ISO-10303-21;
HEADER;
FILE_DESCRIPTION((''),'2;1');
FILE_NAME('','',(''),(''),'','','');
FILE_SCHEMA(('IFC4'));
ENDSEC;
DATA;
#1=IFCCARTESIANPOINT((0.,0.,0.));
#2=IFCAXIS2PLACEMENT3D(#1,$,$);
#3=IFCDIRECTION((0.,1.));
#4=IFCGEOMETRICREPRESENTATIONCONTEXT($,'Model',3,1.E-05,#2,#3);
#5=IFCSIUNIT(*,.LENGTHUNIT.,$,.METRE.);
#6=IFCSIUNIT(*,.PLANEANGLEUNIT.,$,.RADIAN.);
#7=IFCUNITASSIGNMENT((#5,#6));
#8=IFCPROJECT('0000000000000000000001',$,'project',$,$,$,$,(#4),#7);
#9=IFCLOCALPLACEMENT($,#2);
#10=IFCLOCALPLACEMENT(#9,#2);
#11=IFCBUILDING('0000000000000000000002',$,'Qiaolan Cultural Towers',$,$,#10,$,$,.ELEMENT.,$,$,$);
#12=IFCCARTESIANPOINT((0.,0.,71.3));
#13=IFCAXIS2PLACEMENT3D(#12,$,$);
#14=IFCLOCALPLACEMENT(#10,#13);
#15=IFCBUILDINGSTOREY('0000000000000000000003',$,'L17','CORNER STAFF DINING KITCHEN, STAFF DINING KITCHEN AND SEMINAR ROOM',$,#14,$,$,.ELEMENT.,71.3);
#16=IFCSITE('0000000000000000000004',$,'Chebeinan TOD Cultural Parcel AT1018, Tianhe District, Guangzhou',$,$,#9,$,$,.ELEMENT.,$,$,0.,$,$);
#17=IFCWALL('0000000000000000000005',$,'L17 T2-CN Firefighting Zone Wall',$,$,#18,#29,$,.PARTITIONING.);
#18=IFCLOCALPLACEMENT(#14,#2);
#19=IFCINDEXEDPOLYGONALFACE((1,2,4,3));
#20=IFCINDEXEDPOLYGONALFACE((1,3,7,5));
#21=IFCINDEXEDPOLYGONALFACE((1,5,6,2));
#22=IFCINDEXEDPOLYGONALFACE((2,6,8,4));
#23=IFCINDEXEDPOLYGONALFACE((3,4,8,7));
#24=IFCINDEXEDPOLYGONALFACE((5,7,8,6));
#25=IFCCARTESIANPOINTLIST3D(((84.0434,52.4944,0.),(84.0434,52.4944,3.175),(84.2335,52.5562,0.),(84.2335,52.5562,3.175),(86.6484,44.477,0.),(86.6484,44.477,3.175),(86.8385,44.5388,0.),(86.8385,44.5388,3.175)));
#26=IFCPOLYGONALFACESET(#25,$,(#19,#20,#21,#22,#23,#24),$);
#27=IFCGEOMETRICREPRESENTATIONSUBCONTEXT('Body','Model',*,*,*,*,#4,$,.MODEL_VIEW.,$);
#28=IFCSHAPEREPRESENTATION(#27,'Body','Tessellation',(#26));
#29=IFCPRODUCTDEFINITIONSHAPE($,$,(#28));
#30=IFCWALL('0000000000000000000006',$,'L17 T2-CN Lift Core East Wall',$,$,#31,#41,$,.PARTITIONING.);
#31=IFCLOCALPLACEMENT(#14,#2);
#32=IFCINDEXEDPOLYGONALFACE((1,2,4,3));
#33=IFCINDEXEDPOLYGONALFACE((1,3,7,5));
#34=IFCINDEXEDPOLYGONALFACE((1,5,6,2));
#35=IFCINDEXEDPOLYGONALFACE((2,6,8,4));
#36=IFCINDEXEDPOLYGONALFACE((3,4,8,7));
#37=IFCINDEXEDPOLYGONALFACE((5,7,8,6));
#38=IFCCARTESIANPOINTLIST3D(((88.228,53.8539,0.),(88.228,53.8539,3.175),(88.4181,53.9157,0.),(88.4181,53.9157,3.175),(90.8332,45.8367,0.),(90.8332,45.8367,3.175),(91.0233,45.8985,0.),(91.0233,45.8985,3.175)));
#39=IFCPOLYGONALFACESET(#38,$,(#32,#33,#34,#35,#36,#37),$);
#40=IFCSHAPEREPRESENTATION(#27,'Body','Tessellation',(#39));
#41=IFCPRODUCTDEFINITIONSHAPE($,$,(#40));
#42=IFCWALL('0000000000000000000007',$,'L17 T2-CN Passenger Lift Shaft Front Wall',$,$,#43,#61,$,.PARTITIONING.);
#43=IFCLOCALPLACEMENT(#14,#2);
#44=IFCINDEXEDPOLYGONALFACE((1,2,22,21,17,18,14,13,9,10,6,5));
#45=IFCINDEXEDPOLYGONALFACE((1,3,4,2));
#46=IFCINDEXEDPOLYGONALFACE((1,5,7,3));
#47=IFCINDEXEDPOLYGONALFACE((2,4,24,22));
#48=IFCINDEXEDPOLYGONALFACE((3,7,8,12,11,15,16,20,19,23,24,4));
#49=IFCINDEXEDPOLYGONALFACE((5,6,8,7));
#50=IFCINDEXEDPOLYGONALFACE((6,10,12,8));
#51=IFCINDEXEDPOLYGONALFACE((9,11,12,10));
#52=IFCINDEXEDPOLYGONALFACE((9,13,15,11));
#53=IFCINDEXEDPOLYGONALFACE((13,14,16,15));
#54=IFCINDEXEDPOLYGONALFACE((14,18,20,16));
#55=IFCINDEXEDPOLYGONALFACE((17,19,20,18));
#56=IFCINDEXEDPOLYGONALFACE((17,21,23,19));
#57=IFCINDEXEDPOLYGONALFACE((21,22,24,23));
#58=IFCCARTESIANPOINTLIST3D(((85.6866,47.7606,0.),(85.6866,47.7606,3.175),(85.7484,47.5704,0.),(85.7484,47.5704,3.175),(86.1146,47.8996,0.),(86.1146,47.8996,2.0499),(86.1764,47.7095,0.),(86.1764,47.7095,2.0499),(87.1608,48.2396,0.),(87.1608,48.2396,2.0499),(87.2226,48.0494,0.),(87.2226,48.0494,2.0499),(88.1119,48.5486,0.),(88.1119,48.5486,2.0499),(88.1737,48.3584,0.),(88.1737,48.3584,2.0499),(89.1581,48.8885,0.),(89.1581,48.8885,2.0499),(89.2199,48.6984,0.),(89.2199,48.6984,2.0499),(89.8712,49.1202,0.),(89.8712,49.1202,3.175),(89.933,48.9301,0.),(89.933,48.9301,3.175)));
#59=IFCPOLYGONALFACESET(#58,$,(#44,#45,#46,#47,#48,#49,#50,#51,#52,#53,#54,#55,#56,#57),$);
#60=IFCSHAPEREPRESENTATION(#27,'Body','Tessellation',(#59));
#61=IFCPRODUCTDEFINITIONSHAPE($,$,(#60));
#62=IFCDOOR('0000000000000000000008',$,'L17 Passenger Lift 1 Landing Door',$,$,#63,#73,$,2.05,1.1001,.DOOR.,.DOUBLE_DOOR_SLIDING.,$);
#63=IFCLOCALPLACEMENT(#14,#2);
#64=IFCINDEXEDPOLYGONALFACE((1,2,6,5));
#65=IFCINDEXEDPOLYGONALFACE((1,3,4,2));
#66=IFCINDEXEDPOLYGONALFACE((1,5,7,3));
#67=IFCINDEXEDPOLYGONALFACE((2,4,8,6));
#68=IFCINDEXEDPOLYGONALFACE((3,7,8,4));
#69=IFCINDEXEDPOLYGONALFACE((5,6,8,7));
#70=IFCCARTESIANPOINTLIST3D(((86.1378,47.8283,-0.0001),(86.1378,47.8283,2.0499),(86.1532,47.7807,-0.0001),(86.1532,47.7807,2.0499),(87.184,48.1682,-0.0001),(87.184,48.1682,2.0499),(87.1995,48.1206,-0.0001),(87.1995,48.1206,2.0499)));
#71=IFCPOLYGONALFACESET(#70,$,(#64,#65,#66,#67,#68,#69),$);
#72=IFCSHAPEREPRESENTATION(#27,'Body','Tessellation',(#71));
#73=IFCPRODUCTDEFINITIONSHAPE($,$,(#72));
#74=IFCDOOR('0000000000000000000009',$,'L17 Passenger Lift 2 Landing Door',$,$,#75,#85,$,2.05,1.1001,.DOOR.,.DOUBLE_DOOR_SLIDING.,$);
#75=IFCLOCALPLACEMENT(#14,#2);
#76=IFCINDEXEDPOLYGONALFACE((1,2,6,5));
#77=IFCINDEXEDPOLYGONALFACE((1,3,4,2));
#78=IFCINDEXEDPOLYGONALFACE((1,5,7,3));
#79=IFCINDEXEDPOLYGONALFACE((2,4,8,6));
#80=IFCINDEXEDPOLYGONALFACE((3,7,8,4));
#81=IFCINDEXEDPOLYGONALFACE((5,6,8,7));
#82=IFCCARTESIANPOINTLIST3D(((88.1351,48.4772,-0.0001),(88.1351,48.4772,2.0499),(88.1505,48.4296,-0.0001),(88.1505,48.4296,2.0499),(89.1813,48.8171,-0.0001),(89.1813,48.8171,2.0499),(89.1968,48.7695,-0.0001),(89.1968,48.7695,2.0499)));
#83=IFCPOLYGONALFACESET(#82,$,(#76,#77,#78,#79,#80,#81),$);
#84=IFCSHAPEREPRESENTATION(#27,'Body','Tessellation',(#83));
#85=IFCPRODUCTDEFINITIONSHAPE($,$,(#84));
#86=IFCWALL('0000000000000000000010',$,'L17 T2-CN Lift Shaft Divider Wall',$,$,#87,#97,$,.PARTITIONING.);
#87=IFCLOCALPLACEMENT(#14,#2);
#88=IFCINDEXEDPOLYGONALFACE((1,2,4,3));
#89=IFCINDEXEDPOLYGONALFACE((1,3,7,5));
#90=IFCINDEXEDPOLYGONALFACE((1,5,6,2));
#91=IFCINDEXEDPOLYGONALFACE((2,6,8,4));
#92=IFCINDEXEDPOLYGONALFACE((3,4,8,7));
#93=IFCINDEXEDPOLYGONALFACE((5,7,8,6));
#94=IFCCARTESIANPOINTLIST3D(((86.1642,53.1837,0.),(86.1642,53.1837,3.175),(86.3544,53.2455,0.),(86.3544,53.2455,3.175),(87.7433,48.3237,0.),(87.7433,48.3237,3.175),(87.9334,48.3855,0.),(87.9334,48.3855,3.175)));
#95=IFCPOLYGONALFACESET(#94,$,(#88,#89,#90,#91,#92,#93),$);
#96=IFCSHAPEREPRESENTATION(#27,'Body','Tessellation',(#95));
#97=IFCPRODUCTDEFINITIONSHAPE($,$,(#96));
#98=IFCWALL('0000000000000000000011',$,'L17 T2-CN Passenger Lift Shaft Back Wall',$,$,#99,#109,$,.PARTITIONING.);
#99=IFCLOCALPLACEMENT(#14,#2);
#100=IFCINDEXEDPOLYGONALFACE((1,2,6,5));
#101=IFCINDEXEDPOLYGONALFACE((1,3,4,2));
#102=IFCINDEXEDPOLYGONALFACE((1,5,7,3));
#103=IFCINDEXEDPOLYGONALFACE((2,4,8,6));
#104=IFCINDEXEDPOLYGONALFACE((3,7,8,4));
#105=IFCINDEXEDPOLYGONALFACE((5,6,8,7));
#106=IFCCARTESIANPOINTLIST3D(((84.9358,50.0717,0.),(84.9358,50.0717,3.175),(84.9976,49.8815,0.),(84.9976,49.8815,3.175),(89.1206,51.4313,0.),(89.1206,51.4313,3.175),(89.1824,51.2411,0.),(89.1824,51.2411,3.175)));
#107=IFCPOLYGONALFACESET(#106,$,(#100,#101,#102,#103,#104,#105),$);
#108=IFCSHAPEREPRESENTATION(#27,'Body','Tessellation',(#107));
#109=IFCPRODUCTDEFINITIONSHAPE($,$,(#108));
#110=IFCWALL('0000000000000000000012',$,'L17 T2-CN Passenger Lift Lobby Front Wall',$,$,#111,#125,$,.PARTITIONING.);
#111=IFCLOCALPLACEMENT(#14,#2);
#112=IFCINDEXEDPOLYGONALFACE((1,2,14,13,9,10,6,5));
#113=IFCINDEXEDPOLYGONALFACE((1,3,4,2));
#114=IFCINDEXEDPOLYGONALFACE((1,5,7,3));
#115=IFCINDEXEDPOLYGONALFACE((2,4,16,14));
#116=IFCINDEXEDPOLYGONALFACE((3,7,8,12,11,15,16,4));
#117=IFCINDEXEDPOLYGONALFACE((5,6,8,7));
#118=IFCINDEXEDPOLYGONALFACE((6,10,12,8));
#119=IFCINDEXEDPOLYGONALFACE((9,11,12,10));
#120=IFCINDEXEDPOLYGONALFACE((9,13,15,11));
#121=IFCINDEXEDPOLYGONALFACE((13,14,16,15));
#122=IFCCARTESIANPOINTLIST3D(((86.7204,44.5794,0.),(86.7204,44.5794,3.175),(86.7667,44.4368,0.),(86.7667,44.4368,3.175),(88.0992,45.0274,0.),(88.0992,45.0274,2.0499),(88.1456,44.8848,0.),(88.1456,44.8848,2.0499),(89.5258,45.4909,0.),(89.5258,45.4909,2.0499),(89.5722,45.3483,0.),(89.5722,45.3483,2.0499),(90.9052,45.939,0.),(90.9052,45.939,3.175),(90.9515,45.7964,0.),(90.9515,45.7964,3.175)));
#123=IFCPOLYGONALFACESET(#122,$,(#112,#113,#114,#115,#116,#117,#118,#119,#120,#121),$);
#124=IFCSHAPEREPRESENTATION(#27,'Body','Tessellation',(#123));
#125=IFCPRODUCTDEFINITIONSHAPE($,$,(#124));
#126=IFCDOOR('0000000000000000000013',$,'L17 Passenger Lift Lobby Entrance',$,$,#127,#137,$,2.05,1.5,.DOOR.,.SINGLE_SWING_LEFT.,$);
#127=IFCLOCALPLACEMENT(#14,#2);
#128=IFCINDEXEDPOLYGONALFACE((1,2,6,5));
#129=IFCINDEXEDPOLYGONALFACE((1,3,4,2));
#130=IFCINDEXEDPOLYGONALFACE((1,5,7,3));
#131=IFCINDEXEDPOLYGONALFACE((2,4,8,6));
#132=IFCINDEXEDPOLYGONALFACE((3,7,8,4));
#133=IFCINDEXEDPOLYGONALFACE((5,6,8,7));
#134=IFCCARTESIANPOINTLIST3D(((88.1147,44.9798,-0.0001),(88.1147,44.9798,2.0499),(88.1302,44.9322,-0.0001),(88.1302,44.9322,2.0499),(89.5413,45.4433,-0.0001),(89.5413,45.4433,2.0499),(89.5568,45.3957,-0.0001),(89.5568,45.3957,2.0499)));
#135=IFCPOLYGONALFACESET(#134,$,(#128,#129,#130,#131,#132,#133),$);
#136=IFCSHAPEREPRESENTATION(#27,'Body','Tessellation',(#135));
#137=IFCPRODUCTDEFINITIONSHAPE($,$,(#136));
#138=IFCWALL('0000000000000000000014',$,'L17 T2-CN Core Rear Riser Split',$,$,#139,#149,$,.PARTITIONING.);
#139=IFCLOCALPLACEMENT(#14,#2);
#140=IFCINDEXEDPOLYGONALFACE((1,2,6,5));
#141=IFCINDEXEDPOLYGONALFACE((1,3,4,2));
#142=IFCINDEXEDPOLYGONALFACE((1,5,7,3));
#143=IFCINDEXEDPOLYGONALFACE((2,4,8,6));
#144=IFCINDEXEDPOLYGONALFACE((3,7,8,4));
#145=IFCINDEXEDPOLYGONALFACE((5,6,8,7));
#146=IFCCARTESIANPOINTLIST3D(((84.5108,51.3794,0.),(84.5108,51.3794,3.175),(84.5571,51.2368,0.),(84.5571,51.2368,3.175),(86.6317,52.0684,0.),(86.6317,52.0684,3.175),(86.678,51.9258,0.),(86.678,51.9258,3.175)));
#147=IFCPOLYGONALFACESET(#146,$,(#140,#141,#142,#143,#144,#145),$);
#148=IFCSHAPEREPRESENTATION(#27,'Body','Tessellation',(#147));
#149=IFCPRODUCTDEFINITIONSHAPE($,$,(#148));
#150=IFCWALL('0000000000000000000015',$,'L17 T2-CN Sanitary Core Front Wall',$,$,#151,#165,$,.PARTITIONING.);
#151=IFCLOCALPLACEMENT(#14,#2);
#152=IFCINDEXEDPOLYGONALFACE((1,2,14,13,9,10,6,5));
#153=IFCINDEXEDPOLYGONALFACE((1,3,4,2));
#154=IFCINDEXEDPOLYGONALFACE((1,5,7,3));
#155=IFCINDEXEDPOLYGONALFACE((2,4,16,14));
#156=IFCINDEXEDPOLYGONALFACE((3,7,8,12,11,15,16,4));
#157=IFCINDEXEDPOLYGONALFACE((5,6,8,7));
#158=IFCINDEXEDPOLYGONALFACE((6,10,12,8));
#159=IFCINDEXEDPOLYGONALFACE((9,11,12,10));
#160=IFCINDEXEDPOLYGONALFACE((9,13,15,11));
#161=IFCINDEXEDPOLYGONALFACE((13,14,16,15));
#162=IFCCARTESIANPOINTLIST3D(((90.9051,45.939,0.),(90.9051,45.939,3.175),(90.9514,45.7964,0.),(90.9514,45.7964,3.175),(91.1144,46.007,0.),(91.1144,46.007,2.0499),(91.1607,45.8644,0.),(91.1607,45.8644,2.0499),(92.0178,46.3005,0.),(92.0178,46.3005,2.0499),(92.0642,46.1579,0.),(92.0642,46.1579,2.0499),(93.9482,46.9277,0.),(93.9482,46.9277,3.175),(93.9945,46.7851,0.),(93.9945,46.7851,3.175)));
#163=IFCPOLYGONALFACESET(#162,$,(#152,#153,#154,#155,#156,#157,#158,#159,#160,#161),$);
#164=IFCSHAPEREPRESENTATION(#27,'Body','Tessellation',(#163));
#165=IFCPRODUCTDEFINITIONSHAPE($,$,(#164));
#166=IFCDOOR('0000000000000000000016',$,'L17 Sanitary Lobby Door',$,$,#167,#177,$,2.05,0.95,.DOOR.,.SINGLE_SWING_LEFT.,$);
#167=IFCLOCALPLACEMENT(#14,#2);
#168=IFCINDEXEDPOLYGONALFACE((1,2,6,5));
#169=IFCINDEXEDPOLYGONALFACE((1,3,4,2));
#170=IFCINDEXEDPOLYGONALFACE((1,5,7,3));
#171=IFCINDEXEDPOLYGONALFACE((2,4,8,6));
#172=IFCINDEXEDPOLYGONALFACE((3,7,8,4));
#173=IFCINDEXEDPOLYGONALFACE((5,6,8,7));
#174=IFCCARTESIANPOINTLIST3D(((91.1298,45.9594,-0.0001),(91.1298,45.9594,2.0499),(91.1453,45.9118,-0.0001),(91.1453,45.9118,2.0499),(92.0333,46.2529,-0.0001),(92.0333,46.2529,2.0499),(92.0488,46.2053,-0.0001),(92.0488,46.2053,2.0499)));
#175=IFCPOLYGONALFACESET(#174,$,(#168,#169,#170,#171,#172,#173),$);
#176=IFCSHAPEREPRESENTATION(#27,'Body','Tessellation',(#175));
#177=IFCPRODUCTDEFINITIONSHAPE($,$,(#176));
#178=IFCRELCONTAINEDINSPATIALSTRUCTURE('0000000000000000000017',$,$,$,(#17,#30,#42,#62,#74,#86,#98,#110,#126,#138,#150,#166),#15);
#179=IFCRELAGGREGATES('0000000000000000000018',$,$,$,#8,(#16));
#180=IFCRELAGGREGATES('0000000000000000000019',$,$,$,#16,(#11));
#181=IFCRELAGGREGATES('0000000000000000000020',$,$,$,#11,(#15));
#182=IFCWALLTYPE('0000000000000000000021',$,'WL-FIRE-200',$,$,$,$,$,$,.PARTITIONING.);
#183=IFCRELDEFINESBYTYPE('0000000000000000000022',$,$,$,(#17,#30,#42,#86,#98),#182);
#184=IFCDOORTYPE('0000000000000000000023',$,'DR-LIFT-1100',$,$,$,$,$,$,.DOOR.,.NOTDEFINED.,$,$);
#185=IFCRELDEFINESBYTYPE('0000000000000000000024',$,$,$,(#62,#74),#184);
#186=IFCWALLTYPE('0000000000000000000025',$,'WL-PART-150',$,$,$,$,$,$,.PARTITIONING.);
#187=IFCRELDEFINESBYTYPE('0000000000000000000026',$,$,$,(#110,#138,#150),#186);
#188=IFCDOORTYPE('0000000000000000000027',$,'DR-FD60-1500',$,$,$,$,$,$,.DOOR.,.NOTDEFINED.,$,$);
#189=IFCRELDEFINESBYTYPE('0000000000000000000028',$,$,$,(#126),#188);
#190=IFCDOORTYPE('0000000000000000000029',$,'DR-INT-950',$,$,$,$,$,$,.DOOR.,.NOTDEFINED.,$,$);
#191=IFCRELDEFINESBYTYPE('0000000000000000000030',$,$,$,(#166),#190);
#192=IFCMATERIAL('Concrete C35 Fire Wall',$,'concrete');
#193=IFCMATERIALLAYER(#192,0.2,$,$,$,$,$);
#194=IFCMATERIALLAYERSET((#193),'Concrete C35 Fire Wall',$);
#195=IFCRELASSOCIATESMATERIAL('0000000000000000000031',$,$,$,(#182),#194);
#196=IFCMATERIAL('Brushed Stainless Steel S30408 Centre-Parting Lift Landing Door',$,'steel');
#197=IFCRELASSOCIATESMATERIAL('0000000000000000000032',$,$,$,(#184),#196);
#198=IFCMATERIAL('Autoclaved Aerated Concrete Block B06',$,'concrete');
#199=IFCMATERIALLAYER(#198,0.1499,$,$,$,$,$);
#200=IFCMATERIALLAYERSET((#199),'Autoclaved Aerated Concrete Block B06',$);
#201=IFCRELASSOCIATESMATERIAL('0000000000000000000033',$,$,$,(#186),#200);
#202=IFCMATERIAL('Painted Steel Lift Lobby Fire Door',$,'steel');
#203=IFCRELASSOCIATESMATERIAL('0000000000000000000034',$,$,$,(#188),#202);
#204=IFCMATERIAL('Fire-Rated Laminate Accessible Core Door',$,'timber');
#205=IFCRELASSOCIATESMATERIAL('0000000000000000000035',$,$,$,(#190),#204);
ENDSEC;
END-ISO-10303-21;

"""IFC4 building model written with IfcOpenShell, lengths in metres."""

from ifc_helpers import new_model, si_unit, direction, frame, frame_2d, origin, place, context, subcontext, project, spatial, rectangle, extrude, material, layer, layer_set, type_object, element, fill, save


model = new_model("IFC4")

# Units and contexts
model_context = context("Model", 3, precision=1e-05, world=origin(), true_north=direction((0.0, 1.0)))
body_context = subcontext(model_context, "Body", "Model", "MODEL_VIEW")
ifc_project = project(units=[si_unit("LENGTHUNIT", "METRE"), si_unit("PLANEANGLEUNIT", "RADIAN")], contexts=[model_context])

# Site, building, storey
site_placement = place(None, origin())
site = spatial("IfcSite", under=ifc_project, at=site_placement, Name="Chebeinan TOD Cultural Parcel AT1018, Tianhe District, Guangzhou", CompositionType="ELEMENT", RefElevation=0.0)
building_placement = place(site_placement, origin())
building = spatial("IfcBuilding", under=site, at=building_placement, Name="Qiaolan Cultural Towers", CompositionType="ELEMENT")
storey_placement = place(building_placement, frame((0.0, 0.0, 71.3)))
storey = spatial("IfcBuildingStorey", under=building, at=storey_placement, Name="L17", Description="CORNER STAFF DINING KITCHEN, STAFF DINING KITCHEN AND SEMINAR ROOM", CompositionType="ELEMENT", Elevation=71.3)

# Walls
ifc_material_1 = material(Name="Concrete C35 Fire Wall", Category="concrete")
ifc_layer_1 = layer(ifc_material_1, 0.2)
ifc_layer_set_1 = layer_set([ifc_layer_1], Name="Concrete C35 Fire Wall")
wall_type_1 = type_object("IfcWallType", Name="WL-FIRE-200", PredefinedType="PARTITIONING", material=ifc_layer_set_1)
for number, where, z_axis, x_axis, name in (
    (1, (86.7434, 44.5081, 0.0), (0.0, 0.0, 1.0), (-0.309016, 0.951057, 0.0), "L17 T2-CN Firefighting Zone Wall"),
    (2, (90.9282, 45.8677, 0.0), (0.0, 0.0, 1.0), (-0.309042, 0.951048, 0.0), "L17 T2-CN Lift Core East Wall"),
):
    element("IfcWall", number, at=place(storey_placement, frame(where, z_axis=z_axis, x_axis=x_axis)), inside=storey, type_object=wall_type_1, Name=name, PredefinedType="PARTITIONING", context=body_context, shape_type="SweptSolid", body=[
        extrude(rectangle(XDim=8.4299, YDim=0.2, at=frame_2d((4.2148, 0.0))), origin(), (0.0, 0.0, 1.0), 3.175),
    ])

# Wall, openings, doors
wall_1_placement = place(storey_placement, frame((85.7175, 47.6655, 0.0), z_axis=(0.0, 0.0, 1.0), x_axis=(0.951059, 0.309011, 0.0)))
wall_1 = element("IfcWall", 3, at=wall_1_placement, inside=storey, type_object=wall_type_1, Name="L17 T2-CN Passenger Lift Shaft Front Wall", PredefinedType="PARTITIONING", context=body_context, shape_type="SweptSolid", body=[
    extrude(rectangle(XDim=4.3999, YDim=0.2, at=frame_2d((2.2, 0.0))), origin(), (0.0, 0.0, 1.0), 3.175),
])
opening_1_placement = place(wall_1_placement, frame((0.45, 0.0, 0.0)))
opening_1 = element("IfcOpeningElement", 4, at=opening_1_placement, cuts=wall_1, PredefinedType="OPENING", context=body_context, shape_type="SweptSolid", body=[
    extrude(rectangle(XDim=1.1001, YDim=2.05, at=frame_2d((0.55, 1.0249))), frame((0.0, 0.1099, 0.0), z_axis=(0.0, -1.0, 0.0), x_axis=(1.0, 0.0, 0.0)), (0.0, 0.0, 1.0), 0.22),
])
opening_2_placement = place(wall_1_placement, frame((2.55, 0.0, 0.0)))
opening_2 = element("IfcOpeningElement", 5, at=opening_2_placement, cuts=wall_1, PredefinedType="OPENING", context=body_context, shape_type="SweptSolid", body=[
    extrude(rectangle(XDim=1.1001, YDim=2.05, at=frame_2d((0.55, 1.0249))), frame((0.0, 0.1099, 0.0), z_axis=(0.0, -1.0, 0.0), x_axis=(1.0, 0.0, 0.0)), (0.0, 0.0, 1.0), 0.22),
])
ifc_material_2 = material(Name="Brushed Stainless Steel S30408 Centre-Parting Lift Landing Door", Category="steel")
door_type_1 = type_object("IfcDoorType", Name="DR-LIFT-1100", OperationType="NOTDEFINED", PredefinedType="DOOR", material=ifc_material_2)
door_1_placement = place(opening_1_placement, origin())
door_1 = element("IfcDoor", 6, at=door_1_placement, inside=storey, type_object=door_type_1, Name="L17 Passenger Lift 1 Landing Door", OperationType="DOUBLE_DOOR_SLIDING", OverallHeight=2.05, OverallWidth=1.1001, PredefinedType="DOOR", context=body_context, shape_type="SweptSolid", body=[
    extrude(rectangle(XDim=1.1001, YDim=2.05, at=frame_2d((0.55, 1.0249))), frame((0.0, 0.0249, 0.0), z_axis=(0.0, -1.0, 0.0), x_axis=(1.0, 0.0, 0.0)), (0.0, 0.0, 1.0), 0.05),
])
fill(opening_1, door_1)
door_2_placement = place(opening_2_placement, origin())
door_2 = element("IfcDoor", 7, at=door_2_placement, inside=storey, type_object=door_type_1, Name="L17 Passenger Lift 2 Landing Door", OperationType="DOUBLE_DOOR_SLIDING", OverallHeight=2.05, OverallWidth=1.1001, PredefinedType="DOOR", context=body_context, shape_type="SweptSolid", body=[
    extrude(rectangle(XDim=1.1001, YDim=2.05, at=frame_2d((0.55, 1.0249))), frame((0.0, 0.0249, 0.0), z_axis=(0.0, -1.0, 0.0), x_axis=(1.0, 0.0, 0.0)), (0.0, 0.0, 1.0), 0.05),
])
fill(opening_2, door_2)

# Walls
wall_2_placement = place(storey_placement, frame((87.8384, 48.3545, 0.0), z_axis=(0.0, 0.0, 1.0), x_axis=(-0.309009, 0.951059, 0.0)))
element("IfcWall", 8, at=wall_2_placement, inside=storey, type_object=wall_type_1, Name="L17 T2-CN Lift Shaft Divider Wall", PredefinedType="PARTITIONING", context=body_context, shape_type="SweptSolid", body=[
    extrude(rectangle(XDim=5.1101, YDim=0.2, at=frame_2d((2.5552, 0.0))), origin(), (0.0, 0.0, 1.0), 3.175),
])
wall_3_placement = place(storey_placement, frame((84.9666, 49.9766, 0.0), z_axis=(0.0, 0.0, 1.0), x_axis=(0.951064, 0.308994, 0.0)))
element("IfcWall", 9, at=wall_3_placement, inside=storey, type_object=wall_type_1, Name="L17 T2-CN Passenger Lift Shaft Back Wall", PredefinedType="PARTITIONING", context=body_context, shape_type="SweptSolid", body=[
    extrude(rectangle(XDim=4.4001, YDim=0.2, at=frame_2d((2.2002, 0.0))), origin(), (0.0, 0.0, 1.0), 3.175),
])

# Wall, opening, door
ifc_material_3 = material(Name="Autoclaved Aerated Concrete Block B06", Category="concrete")
ifc_layer_2 = layer(ifc_material_3, 0.1499)
ifc_layer_set_2 = layer_set([ifc_layer_2], Name="Autoclaved Aerated Concrete Block B06")
wall_type_2 = type_object("IfcWallType", Name="WL-PART-150", PredefinedType="PARTITIONING", material=ifc_layer_set_2)
wall_4_placement = place(storey_placement, frame((86.7434, 44.5081, 0.0), z_axis=(0.0, 0.0, 1.0), x_axis=(0.951064, 0.308994, 0.0)))
wall_4 = element("IfcWall", 10, at=wall_4_placement, inside=storey, type_object=wall_type_2, Name="L17 T2-CN Passenger Lift Lobby Front Wall", PredefinedType="PARTITIONING", context=body_context, shape_type="SweptSolid", body=[
    extrude(rectangle(XDim=4.4001, YDim=0.1499, at=frame_2d((2.2002, 0.0))), origin(), (0.0, 0.0, 1.0), 3.175),
])
opening_3_placement = place(wall_4_placement, frame((1.45, 0.0, 0.0)))
opening_3 = element("IfcOpeningElement", 11, at=opening_3_placement, cuts=wall_4, PredefinedType="OPENING", context=body_context, shape_type="SweptSolid", body=[
    extrude(rectangle(XDim=1.5, YDim=2.05, at=frame_2d((0.75, 1.0249))), frame((0.0, 0.085, 0.0), z_axis=(0.0, -1.0, 0.0), x_axis=(1.0, 0.0, 0.0)), (0.0, 0.0, 1.0), 0.1699),
])
ifc_material_4 = material(Name="Painted Steel Lift Lobby Fire Door", Category="steel")
door_type_2 = type_object("IfcDoorType", Name="DR-FD60-1500", OperationType="NOTDEFINED", PredefinedType="DOOR", material=ifc_material_4)
door_3_placement = place(opening_3_placement, origin())
door_3 = element("IfcDoor", 12, at=door_3_placement, inside=storey, type_object=door_type_2, Name="L17 Passenger Lift Lobby Entrance", OperationType="SINGLE_SWING_LEFT", OverallHeight=2.05, OverallWidth=1.5, PredefinedType="DOOR", context=body_context, shape_type="SweptSolid", body=[
    extrude(rectangle(XDim=1.5, YDim=2.05, at=frame_2d((0.75, 1.0249))), frame((0.0, 0.0249, 0.0), z_axis=(0.0, -1.0, 0.0), x_axis=(1.0, 0.0, 0.0)), (0.0, 0.0, 1.0), 0.05),
])
fill(opening_3, door_3)

# Wall
wall_5_placement = place(storey_placement, frame((84.5339, 51.3081, 0.0), z_axis=(0.0, 0.0, 1.0), x_axis=(0.951075, 0.30896, 0.0)))
element("IfcWall", 13, at=wall_5_placement, inside=storey, type_object=wall_type_2, Name="L17 T2-CN Core Rear Riser Split", PredefinedType="PARTITIONING", context=body_context, shape_type="SweptSolid", body=[
    extrude(rectangle(XDim=2.23, YDim=0.1499, at=frame_2d((1.115, 0.0))), origin(), (0.0, 0.0, 1.0), 3.175),
])

# Wall, opening, door
wall_6_placement = place(storey_placement, frame((90.9282, 45.8677, 0.0), z_axis=(0.0, 0.0, 1.0), x_axis=(0.951059, 0.309008, 0.0)))
wall_6 = element("IfcWall", 14, at=wall_6_placement, inside=storey, type_object=wall_type_2, Name="L17 T2-CN Sanitary Core Front Wall", PredefinedType="PARTITIONING", context=body_context, shape_type="SweptSolid", body=[
    extrude(rectangle(XDim=3.1997, YDim=0.1499, at=frame_2d((1.5999, 0.0))), origin(), (0.0, 0.0, 1.0), 3.175),
])
opening_4_placement = place(wall_6_placement, frame((0.22, 0.0, 0.0)))
opening_4 = element("IfcOpeningElement", 15, at=opening_4_placement, cuts=wall_6, PredefinedType="OPENING", context=body_context, shape_type="SweptSolid", body=[
    extrude(rectangle(XDim=0.95, YDim=2.05, at=frame_2d((0.4751, 1.0249))), frame((0.0, 0.085, 0.0), z_axis=(0.0, -1.0, 0.0), x_axis=(1.0, 0.0, 0.0)), (0.0, 0.0, 1.0), 0.1699),
])
ifc_material_5 = material(Name="Fire-Rated Laminate Accessible Core Door", Category="timber")
door_type_3 = type_object("IfcDoorType", Name="DR-INT-950", OperationType="NOTDEFINED", PredefinedType="DOOR", material=ifc_material_5)
door_4_placement = place(opening_4_placement, origin())
door_4 = element("IfcDoor", 16, at=door_4_placement, inside=storey, type_object=door_type_3, Name="L17 Sanitary Lobby Door", OperationType="SINGLE_SWING_LEFT", OverallHeight=2.05, OverallWidth=0.95, PredefinedType="DOOR", context=body_context, shape_type="SweptSolid", body=[
    extrude(rectangle(XDim=0.95, YDim=2.05, at=frame_2d((0.4751, 1.0249))), frame((0.0, 0.0249, 0.0), z_axis=(0.0, -1.0, 0.0), x_axis=(1.0, 0.0, 0.0)), (0.0, 0.0, 1.0), 0.05),
])
fill(opening_4, door_4)

save(model, "model.ifc")
